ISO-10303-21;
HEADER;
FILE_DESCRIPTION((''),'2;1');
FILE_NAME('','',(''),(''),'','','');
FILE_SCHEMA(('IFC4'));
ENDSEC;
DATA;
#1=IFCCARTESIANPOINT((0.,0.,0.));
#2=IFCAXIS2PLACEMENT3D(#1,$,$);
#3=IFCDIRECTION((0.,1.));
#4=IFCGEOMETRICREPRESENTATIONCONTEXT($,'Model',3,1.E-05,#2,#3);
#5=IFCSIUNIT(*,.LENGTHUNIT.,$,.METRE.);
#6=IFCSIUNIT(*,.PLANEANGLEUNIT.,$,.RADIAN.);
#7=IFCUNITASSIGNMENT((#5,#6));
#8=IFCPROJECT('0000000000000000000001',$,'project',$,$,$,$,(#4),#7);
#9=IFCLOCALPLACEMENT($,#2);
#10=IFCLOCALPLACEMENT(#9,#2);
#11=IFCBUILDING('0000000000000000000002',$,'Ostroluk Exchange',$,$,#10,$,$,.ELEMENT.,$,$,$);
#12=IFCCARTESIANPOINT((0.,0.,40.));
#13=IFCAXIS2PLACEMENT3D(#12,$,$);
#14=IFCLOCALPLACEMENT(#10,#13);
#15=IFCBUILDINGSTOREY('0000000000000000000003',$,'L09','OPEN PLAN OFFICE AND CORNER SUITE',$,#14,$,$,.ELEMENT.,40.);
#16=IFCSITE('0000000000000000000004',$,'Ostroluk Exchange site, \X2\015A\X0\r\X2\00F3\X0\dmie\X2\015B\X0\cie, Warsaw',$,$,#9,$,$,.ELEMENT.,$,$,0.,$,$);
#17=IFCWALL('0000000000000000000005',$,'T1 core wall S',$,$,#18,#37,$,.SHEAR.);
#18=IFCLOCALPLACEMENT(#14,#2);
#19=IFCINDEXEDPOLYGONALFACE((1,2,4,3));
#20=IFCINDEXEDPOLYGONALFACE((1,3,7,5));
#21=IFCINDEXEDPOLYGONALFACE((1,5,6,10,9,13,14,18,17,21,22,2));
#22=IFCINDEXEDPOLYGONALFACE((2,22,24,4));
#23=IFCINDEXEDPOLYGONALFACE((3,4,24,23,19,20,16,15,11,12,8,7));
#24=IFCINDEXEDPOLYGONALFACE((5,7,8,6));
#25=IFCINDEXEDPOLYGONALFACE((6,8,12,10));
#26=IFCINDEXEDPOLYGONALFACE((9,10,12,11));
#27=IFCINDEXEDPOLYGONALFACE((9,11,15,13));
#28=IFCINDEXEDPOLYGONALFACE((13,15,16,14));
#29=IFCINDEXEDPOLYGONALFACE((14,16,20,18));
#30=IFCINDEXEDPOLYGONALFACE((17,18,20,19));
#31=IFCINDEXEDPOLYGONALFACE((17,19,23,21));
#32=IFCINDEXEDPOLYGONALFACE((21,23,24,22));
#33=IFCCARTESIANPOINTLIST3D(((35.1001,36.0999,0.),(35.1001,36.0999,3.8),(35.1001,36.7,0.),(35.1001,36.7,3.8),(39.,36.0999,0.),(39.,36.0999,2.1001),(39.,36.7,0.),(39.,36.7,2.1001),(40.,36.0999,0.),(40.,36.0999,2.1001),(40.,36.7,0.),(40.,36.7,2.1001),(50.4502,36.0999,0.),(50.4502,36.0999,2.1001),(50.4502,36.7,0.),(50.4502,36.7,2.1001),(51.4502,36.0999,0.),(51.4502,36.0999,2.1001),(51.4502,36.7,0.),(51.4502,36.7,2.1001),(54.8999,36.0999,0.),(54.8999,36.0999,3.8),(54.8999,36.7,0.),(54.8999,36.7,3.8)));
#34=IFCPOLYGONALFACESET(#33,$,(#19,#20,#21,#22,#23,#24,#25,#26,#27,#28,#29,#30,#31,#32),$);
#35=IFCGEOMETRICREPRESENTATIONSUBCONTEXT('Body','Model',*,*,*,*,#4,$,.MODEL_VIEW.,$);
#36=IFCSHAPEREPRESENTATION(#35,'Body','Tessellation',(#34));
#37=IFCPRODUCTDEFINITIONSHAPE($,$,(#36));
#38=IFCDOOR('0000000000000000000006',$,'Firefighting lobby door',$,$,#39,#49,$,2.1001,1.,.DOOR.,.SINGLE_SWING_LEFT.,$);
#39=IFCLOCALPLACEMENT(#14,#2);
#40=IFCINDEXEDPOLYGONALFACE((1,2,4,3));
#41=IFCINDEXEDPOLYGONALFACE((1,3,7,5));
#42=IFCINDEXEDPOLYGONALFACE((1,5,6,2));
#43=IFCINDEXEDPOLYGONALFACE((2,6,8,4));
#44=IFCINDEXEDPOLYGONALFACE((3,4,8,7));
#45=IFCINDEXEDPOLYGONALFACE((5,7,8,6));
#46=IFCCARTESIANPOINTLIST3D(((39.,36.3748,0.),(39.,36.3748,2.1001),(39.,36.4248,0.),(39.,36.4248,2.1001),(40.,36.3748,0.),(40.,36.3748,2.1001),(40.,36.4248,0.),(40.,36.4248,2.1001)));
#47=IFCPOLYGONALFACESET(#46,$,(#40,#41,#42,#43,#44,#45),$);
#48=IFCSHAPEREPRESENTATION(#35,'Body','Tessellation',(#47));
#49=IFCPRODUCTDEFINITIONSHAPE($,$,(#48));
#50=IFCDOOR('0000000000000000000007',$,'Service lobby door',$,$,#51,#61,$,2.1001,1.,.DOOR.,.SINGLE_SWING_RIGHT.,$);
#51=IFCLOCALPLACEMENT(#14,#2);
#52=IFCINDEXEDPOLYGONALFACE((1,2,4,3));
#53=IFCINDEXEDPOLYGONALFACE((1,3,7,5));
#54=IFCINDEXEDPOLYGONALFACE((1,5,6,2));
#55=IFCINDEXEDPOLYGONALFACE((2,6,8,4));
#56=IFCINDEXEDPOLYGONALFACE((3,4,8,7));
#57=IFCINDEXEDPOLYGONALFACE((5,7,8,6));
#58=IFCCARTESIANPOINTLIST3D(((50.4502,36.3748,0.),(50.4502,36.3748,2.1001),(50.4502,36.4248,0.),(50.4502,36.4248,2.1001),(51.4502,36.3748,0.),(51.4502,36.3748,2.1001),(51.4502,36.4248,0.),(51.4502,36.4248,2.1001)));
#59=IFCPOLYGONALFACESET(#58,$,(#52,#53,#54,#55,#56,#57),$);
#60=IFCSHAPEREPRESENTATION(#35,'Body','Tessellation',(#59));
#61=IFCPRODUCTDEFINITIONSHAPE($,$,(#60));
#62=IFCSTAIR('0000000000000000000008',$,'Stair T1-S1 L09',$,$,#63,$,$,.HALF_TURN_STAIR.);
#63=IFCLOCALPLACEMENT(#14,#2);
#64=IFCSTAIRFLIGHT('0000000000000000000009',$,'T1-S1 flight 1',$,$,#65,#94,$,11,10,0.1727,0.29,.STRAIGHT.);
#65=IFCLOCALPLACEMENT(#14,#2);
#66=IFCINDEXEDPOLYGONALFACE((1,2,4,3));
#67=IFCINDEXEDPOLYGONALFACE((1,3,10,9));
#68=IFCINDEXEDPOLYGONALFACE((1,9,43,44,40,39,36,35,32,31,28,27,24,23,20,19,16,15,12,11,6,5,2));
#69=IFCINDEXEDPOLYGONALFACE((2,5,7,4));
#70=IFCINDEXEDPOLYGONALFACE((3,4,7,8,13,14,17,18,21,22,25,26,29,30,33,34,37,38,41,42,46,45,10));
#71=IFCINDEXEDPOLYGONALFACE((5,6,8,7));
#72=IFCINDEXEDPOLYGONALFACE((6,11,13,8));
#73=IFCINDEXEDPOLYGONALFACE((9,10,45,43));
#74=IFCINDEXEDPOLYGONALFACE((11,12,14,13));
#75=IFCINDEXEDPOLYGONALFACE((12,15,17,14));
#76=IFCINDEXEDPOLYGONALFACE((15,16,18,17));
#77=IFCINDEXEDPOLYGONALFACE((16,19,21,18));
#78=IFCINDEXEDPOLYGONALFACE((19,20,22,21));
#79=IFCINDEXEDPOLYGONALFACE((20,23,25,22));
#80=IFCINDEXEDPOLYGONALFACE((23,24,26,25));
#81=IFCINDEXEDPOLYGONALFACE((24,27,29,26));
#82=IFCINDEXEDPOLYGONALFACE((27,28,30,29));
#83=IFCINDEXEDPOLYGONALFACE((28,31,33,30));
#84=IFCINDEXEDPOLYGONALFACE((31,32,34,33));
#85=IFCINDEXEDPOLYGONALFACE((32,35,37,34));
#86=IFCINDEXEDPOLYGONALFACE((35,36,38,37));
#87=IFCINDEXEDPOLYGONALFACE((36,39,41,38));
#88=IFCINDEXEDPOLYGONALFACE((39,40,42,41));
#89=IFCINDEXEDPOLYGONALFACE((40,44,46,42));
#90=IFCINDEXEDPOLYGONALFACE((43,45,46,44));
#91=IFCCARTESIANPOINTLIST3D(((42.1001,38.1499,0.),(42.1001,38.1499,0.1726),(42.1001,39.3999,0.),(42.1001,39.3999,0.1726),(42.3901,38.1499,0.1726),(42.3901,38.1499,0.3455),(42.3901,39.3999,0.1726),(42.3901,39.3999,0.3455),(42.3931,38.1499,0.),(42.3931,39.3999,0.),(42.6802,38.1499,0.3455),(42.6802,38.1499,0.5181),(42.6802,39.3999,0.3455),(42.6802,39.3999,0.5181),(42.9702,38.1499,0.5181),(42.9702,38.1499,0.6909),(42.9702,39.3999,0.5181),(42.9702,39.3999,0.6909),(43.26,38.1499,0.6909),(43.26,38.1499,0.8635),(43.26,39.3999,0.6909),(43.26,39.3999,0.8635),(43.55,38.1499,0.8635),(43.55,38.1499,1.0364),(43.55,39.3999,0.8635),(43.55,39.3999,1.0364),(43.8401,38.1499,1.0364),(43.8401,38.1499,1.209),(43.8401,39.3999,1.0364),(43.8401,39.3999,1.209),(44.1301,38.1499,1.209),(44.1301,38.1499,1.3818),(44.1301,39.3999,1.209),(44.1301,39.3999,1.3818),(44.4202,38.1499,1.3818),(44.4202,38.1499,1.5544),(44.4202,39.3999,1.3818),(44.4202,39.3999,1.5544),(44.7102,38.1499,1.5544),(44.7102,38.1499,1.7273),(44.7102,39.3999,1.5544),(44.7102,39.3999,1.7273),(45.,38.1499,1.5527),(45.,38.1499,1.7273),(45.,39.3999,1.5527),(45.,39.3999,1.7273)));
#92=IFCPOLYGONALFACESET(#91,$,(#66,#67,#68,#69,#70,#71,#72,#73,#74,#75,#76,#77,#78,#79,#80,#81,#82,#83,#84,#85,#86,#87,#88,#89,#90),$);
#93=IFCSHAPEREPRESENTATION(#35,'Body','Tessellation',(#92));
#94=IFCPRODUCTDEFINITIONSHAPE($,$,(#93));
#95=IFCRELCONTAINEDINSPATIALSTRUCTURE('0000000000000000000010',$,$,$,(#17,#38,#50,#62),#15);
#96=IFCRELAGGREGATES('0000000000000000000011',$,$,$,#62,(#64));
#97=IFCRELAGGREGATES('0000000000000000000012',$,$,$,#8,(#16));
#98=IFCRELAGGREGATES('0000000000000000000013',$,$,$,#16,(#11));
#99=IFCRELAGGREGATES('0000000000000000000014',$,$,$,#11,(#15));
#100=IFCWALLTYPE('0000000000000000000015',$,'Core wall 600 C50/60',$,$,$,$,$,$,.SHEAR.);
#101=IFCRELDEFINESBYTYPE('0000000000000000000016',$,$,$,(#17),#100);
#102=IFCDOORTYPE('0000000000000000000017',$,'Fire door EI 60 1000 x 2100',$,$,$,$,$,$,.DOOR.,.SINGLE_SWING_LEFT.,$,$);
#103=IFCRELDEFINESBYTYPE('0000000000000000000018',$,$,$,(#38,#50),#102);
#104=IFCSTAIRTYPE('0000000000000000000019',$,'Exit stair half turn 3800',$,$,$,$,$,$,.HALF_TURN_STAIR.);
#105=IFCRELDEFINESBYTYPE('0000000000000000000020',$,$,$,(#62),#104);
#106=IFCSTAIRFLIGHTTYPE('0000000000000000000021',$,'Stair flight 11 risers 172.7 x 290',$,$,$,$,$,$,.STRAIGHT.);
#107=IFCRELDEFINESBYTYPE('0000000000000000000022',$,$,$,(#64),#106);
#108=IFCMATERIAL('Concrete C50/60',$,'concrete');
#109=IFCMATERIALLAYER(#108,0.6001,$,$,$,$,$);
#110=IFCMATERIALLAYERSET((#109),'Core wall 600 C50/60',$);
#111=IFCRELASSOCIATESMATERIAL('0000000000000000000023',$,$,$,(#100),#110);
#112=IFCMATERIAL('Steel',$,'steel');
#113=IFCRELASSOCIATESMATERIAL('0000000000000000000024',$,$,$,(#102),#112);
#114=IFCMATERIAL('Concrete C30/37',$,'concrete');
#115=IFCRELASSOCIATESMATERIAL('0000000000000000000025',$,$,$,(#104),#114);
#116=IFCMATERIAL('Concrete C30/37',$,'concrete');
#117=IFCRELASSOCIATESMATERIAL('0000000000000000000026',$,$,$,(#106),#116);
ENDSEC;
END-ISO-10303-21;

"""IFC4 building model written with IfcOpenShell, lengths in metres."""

from ifc_helpers import new_model, si_unit, direction, frame, frame_2d, origin, place, context, subcontext, project, spatial, polyline, rectangle, outline, extrude, material, layer, layer_set, type_object, element, fill, aggregate, save


model = new_model("IFC4")

# Units and contexts
model_context = context("Model", 3, precision=1e-05, world=origin(), true_north=direction((0.0, 1.0)))
body_context = subcontext(model_context, "Body", "Model", "MODEL_VIEW")
ifc_project = project(units=[si_unit("LENGTHUNIT", "METRE"), si_unit("PLANEANGLEUNIT", "RADIAN")], contexts=[model_context])

# Site, building, storey
site_placement = place(None, origin())
site = spatial("IfcSite", under=ifc_project, at=site_placement, Name="Ostroluk Exchange site, Śródmieście, Warsaw", CompositionType="ELEMENT", RefElevation=0.0)
building_placement = place(site_placement, origin())
building = spatial("IfcBuilding", under=site, at=building_placement, Name="Ostroluk Exchange", CompositionType="ELEMENT")
storey_placement = place(building_placement, frame((0.0, 0.0, 40.0)))
storey = spatial("IfcBuildingStorey", under=building, at=storey_placement, Name="L09", Description="OPEN PLAN OFFICE AND CORNER SUITE", CompositionType="ELEMENT", Elevation=40.0)

# Wall, openings, doors
ifc_material_1 = material(Name="Concrete C50/60", Category="concrete")
ifc_layer_1 = layer(ifc_material_1, 0.6001)
ifc_layer_set_1 = layer_set([ifc_layer_1], Name="Core wall 600 C50/60")
wall_type_1 = type_object("IfcWallType", Name="Core wall 600 C50/60", PredefinedType="SHEAR", material=ifc_layer_set_1)
wall_1_placement = place(storey_placement, frame((35.1001, 36.3999, 0.0), z_axis=(0.0, 0.0, 1.0), x_axis=(1.0, 0.0, 0.0)))
wall_1 = element("IfcWall", 1, at=wall_1_placement, inside=storey, type_object=wall_type_1, Name="T1 core wall S", PredefinedType="SHEAR", context=body_context, shape_type="SweptSolid", body=[
    extrude(rectangle(XDim=19.7998, YDim=0.6001, at=frame_2d((9.8999, 0.0))), origin(), (0.0, 0.0, 1.0), 3.8),
])
opening_1_placement = place(wall_1_placement, frame((3.8999, 0.0, 0.0)))
opening_1 = element("IfcOpeningElement", 2, at=opening_1_placement, cuts=wall_1, PredefinedType="OPENING", context=body_context, shape_type="SweptSolid", body=[
    extrude(rectangle(XDim=1.0, YDim=2.1001, at=frame_2d((0.5, 1.05))), frame((0.0, 0.3101, 0.0), z_axis=(0.0, -1.0, 0.0), x_axis=(1.0, 0.0, 0.0)), (0.0, 0.0, 1.0), 0.6201),
])
opening_2_placement = place(wall_1_placement, frame((15.3501, 0.0, 0.0)))
opening_2 = element("IfcOpeningElement", 3, at=opening_2_placement, cuts=wall_1, PredefinedType="OPENING", context=body_context, shape_type="SweptSolid", body=[
    extrude(rectangle(XDim=1.0, YDim=2.1001, at=frame_2d((0.5, 1.05))), frame((0.0, 0.3101, 0.0), z_axis=(0.0, -1.0, 0.0), x_axis=(1.0, 0.0, 0.0)), (0.0, 0.0, 1.0), 0.6201),
])
ifc_material_2 = material(Name="Steel", Category="steel")
door_type_1 = type_object("IfcDoorType", Name="Fire door EI 60 1000 x 2100", OperationType="SINGLE_SWING_LEFT", PredefinedType="DOOR", material=ifc_material_2)
door_1_placement = place(opening_1_placement, origin())
door_1 = element("IfcDoor", 4, at=door_1_placement, inside=storey, type_object=door_type_1, Name="Firefighting lobby door", OperationType="SINGLE_SWING_LEFT", OverallHeight=2.1001, OverallWidth=1.0, PredefinedType="DOOR", context=body_context, shape_type="SweptSolid", body=[
    extrude(rectangle(XDim=1.0, YDim=2.1001, at=frame_2d((0.5, 1.05))), frame((0.0, 0.0249, 0.0), z_axis=(0.0, -1.0, 0.0), x_axis=(1.0, 0.0, 0.0)), (0.0, 0.0, 1.0), 0.05),
])
fill(opening_1, door_1)
door_2_placement = place(opening_2_placement, origin())
door_2 = element("IfcDoor", 5, at=door_2_placement, inside=storey, type_object=door_type_1, Name="Service lobby door", OperationType="SINGLE_SWING_RIGHT", OverallHeight=2.1001, OverallWidth=1.0, PredefinedType="DOOR", context=body_context, shape_type="SweptSolid", body=[
    extrude(rectangle(XDim=1.0, YDim=2.1001, at=frame_2d((0.5, 1.05))), frame((0.0, 0.0249, 0.0), z_axis=(0.0, -1.0, 0.0), x_axis=(1.0, 0.0, 0.0)), (0.0, 0.0, 1.0), 0.05),
])
fill(opening_2, door_2)

# Stair, stair flight
ifc_material_3 = material(Name="Concrete C30/37", Category="concrete")
stair_type = type_object("IfcStairType", Name="Exit stair half turn 3800", PredefinedType="HALF_TURN_STAIR", material=ifc_material_3)
stair_placement = place(storey_placement, origin())
stair = element("IfcStair", 6, at=stair_placement, inside=storey, type_object=stair_type, Name="Stair T1-S1 L09", PredefinedType="HALF_TURN_STAIR")
ifc_material_4 = material(Name="Concrete C30/37", Category="concrete")
stair_flight_type = type_object("IfcStairFlightType", Name="Stair flight 11 risers 172.7 x 290", PredefinedType="STRAIGHT", material=ifc_material_4)
stair_flight_placement = place(storey_placement, frame((42.1001, 38.7749, 0.0), z_axis=(0.0, 0.0, 1.0), x_axis=(1.0, 0.0, 0.0)))
stair_flight = element("IfcStairFlight", 7, at=stair_flight_placement, type_object=stair_flight_type, Name="T1-S1 flight 1", NumberOfRisers=11, NumberOfTreads=10, PredefinedType="STRAIGHT", RiserHeight=0.1727, TreadLength=0.29, context=body_context, shape_type="SweptSolid", body=[
    extrude(outline(polyline([(0.0, 0.0), (0.0, 0.1726), (0.29, 0.1726), (0.29, 0.3455), (0.5801, 0.3455), (0.5801, 0.5181), (0.8701, 0.5181), (0.8701, 0.6909), (1.1599, 0.6909), (1.1599, 0.8635), (1.45, 0.8635), (1.45, 1.0364), (1.74, 1.0364), (1.74, 1.209), (2.03, 1.209), (2.03, 1.3818), (2.3201, 1.3818), (2.3201, 1.5544), (2.6101, 1.5544), (2.6101, 1.7273), (2.8999, 1.7273), (2.8999, 1.8999), (2.8999, 1.5527), (0.293, 0.0), (0.0, 0.0)])), frame((0.0, 0.625, 0.0), z_axis=(0.0, -1.0, 0.0), x_axis=(1.0, 0.0, 0.0)), (0.0, 0.0, 1.0), 1.25),
])
aggregate(stair, [stair_flight])

save(model, "model.ifc")
